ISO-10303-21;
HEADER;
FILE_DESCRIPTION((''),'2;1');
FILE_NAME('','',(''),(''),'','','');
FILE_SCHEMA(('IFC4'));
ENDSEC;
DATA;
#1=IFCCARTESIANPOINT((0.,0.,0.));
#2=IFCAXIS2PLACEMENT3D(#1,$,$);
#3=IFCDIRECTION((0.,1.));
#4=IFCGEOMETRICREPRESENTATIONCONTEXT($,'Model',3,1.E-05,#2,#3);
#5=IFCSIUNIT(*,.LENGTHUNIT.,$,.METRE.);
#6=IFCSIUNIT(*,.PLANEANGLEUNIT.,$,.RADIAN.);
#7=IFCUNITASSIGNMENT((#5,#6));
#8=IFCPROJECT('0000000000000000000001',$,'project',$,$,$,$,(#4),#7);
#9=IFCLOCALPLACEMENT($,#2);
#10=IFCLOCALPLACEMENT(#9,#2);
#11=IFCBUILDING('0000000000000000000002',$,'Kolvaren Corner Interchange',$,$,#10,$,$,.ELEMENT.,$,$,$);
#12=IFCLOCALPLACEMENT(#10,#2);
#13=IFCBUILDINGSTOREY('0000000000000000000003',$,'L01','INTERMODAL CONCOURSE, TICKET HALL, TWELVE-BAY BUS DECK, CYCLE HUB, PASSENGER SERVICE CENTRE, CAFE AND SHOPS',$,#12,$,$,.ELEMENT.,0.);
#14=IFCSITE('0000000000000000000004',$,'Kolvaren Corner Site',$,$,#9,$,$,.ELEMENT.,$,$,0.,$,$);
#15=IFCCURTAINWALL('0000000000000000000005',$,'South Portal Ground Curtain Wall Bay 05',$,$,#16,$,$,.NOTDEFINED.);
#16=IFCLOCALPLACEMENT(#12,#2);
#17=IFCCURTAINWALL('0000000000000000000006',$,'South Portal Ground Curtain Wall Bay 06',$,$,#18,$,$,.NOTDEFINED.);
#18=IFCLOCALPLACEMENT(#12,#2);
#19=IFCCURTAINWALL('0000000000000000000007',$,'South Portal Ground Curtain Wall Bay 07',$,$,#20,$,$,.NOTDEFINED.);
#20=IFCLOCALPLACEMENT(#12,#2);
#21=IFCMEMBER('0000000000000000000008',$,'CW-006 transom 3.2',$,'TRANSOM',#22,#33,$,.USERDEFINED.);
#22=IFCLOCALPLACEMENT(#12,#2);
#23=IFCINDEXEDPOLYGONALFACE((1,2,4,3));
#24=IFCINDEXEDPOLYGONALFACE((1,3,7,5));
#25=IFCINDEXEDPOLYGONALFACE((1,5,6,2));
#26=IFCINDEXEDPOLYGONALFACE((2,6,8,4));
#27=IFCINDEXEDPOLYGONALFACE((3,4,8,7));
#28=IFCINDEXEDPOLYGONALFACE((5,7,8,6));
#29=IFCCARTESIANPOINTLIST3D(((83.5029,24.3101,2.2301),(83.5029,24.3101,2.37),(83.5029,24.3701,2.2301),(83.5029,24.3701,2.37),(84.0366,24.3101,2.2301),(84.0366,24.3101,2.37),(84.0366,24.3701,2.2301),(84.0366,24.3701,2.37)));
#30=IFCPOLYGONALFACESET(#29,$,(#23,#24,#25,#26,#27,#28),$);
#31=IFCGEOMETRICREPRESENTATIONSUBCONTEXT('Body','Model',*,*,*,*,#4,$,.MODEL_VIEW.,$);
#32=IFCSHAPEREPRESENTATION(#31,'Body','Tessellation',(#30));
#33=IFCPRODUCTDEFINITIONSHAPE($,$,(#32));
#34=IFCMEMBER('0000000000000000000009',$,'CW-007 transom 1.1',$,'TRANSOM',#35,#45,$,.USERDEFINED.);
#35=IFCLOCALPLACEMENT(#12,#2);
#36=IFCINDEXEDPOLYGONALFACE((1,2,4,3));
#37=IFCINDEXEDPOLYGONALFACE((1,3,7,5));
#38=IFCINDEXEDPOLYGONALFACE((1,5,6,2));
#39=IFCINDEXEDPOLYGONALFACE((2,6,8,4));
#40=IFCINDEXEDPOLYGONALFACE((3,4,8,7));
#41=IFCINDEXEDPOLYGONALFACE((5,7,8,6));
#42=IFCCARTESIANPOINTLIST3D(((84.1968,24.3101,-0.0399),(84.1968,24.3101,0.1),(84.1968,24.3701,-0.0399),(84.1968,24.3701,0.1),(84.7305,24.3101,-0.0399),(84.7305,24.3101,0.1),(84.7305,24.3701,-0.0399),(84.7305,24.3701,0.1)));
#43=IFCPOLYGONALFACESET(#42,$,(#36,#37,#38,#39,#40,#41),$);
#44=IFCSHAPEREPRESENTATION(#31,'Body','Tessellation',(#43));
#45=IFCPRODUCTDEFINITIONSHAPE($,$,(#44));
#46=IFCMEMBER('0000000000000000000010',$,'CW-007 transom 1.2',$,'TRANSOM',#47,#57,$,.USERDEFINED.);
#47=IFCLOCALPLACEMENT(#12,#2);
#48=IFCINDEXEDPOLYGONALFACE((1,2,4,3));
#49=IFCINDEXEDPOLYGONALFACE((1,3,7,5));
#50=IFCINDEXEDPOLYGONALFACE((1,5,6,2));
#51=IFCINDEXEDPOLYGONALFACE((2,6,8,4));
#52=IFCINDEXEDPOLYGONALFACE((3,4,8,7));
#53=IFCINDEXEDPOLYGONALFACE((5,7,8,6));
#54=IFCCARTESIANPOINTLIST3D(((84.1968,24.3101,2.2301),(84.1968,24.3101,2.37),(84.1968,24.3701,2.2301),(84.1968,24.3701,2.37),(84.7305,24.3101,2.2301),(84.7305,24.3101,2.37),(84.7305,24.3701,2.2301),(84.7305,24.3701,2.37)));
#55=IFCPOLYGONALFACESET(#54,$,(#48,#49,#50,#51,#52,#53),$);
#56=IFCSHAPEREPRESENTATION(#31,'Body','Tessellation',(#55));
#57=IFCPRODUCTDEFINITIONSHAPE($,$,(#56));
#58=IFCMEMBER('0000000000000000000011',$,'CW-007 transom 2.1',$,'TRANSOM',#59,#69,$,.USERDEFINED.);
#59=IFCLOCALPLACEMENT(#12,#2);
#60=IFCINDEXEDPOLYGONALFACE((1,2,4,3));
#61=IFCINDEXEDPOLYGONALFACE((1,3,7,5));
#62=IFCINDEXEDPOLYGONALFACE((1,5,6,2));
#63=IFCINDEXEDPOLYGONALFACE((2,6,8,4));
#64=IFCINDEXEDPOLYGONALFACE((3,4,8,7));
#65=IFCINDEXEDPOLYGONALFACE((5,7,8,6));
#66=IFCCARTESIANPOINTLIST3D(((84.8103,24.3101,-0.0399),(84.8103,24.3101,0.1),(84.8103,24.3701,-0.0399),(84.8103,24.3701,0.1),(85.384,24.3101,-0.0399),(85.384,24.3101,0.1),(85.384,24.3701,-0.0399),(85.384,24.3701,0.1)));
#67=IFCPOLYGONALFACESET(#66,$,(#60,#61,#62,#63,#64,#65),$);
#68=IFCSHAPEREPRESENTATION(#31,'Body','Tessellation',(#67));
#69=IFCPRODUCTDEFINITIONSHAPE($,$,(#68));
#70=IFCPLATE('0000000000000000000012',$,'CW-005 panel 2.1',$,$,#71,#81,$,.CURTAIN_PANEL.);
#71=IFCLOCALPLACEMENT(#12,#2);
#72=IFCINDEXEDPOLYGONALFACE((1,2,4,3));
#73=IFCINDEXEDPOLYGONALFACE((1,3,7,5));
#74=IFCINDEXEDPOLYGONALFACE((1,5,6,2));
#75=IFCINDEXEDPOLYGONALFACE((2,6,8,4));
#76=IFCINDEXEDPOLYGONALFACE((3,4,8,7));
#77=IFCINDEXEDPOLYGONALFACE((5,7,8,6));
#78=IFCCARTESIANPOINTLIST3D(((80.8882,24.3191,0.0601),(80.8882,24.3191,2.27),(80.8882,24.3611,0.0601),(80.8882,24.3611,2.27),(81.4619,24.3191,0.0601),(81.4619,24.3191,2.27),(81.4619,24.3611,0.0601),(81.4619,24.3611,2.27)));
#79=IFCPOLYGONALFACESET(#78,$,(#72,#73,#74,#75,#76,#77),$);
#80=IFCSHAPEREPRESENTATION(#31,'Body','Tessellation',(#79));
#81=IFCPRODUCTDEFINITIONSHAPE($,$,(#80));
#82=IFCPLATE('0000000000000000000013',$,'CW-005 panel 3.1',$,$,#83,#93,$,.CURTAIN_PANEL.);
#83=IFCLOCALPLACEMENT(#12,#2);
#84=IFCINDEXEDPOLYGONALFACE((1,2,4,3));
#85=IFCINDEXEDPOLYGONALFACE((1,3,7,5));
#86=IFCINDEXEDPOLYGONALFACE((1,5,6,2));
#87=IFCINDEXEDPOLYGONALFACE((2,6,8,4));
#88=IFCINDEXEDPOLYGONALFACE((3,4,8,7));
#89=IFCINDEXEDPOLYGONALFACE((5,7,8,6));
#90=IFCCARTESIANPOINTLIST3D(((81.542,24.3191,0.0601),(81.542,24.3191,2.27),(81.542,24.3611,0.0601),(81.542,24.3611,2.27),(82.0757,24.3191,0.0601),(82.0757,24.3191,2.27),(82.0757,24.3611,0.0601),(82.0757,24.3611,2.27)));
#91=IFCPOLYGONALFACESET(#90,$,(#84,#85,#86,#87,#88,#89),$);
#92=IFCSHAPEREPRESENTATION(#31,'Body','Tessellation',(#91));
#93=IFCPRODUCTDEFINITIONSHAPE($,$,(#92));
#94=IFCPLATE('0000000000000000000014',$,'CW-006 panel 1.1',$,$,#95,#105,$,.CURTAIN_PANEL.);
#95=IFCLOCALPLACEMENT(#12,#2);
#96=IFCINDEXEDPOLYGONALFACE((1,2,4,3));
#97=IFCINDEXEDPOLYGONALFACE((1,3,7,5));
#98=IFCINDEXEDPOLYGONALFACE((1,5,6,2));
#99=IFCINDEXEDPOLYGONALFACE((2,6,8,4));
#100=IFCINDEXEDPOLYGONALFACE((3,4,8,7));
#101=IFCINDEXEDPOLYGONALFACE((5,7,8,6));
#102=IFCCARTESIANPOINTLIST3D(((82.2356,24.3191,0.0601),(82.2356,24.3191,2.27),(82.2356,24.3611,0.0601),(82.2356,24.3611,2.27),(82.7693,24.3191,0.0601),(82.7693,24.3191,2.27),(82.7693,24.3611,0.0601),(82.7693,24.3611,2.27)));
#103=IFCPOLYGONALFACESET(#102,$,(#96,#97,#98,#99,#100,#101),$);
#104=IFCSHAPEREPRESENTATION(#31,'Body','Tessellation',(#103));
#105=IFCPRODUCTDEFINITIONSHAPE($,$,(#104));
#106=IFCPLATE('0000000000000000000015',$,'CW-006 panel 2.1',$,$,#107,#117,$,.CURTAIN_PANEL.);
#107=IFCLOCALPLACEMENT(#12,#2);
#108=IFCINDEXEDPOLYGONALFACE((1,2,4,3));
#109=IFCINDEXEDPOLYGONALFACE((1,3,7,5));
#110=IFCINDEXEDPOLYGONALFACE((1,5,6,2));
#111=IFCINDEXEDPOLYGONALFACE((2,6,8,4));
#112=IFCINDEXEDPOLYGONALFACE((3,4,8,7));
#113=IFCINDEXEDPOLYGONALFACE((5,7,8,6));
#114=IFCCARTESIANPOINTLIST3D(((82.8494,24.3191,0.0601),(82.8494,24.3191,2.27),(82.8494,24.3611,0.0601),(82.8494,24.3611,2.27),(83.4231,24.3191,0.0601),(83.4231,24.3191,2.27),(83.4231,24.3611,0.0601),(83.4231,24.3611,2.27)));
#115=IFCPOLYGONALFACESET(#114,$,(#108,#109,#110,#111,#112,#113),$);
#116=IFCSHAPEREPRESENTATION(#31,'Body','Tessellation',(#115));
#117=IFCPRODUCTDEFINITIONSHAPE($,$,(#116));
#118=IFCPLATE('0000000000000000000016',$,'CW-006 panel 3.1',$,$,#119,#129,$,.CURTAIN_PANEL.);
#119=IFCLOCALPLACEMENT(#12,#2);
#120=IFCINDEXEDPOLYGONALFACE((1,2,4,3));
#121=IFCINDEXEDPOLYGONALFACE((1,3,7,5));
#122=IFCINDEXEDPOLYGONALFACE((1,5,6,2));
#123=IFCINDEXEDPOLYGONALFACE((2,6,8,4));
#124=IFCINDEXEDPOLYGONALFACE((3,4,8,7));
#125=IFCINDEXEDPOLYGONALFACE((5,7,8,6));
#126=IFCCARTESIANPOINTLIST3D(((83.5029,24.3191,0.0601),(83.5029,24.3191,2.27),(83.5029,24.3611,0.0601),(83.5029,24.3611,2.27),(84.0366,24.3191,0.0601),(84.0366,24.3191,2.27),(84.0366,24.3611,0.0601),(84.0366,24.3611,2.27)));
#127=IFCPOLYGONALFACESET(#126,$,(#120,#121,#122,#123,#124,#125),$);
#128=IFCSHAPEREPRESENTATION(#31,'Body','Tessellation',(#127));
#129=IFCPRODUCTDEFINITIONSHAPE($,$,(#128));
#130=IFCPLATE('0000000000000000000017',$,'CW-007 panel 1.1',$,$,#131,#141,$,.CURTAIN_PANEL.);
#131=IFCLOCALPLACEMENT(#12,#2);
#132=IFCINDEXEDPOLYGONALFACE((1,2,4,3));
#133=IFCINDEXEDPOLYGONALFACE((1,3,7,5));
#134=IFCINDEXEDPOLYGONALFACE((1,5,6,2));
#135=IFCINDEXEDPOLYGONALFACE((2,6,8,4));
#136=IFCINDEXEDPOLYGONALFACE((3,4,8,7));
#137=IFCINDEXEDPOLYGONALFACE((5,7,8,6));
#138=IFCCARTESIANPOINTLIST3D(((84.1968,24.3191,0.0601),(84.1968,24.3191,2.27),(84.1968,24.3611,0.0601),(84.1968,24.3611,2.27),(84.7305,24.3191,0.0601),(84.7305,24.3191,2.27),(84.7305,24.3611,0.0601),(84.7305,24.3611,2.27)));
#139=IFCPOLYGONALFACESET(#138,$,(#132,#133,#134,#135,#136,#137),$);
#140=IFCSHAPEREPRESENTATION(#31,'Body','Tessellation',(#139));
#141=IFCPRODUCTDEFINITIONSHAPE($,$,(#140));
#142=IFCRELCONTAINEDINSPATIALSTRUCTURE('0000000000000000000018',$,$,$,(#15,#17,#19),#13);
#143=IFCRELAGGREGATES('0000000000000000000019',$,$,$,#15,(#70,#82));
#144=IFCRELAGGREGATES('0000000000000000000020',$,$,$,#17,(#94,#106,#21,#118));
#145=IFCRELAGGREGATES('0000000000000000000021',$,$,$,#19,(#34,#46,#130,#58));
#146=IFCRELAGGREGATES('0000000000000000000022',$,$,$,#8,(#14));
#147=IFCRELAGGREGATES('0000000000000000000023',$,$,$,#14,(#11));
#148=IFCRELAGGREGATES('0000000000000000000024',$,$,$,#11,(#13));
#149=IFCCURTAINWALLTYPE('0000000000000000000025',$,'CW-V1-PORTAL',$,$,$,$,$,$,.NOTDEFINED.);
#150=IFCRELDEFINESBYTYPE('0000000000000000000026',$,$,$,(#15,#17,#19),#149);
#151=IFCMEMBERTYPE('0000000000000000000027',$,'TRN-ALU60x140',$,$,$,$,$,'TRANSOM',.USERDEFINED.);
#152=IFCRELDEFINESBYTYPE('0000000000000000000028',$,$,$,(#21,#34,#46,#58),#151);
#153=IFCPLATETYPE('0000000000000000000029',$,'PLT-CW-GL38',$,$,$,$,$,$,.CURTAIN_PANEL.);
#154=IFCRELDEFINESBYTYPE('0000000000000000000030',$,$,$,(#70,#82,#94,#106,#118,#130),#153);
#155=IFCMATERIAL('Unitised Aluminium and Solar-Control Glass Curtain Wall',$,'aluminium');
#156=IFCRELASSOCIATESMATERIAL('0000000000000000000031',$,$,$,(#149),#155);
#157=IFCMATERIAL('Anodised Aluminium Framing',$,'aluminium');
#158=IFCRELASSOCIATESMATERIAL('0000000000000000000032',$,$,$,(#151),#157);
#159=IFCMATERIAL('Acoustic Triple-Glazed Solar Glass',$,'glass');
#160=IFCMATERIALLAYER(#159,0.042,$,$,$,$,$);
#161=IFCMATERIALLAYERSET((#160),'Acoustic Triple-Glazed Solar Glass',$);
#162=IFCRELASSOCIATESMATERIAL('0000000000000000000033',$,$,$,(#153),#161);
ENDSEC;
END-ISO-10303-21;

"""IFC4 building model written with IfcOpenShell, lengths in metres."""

from ifc_helpers import new_model, si_unit, direction, frame, origin, origin_2d, place, context, subcontext, project, spatial, rectangle, extrude, material, layer, layer_set, material_profile, profile_set, type_object, element, aggregate, save


model = new_model("IFC4")

# Units and contexts
model_context = context("Model", 3, precision=1e-05, world=origin(), true_north=direction((0.0, 1.0)))
body_context = subcontext(model_context, "Body", "Model", "MODEL_VIEW")
ifc_project = project(units=[si_unit("LENGTHUNIT", "METRE"), si_unit("PLANEANGLEUNIT", "RADIAN")], contexts=[model_context])

# Site, building, storey
site_placement = place(None, origin())
site = spatial("IfcSite", under=ifc_project, at=site_placement, Name="Kolvaren Corner Site", CompositionType="ELEMENT", RefElevation=0.0)
building_placement = place(site_placement, origin())
building = spatial("IfcBuilding", under=site, at=building_placement, Name="Kolvaren Corner Interchange", CompositionType="ELEMENT")
storey_placement = place(building_placement, origin())
storey = spatial("IfcBuildingStorey", under=building, at=storey_placement, Name="L01", Description="INTERMODAL CONCOURSE, TICKET HALL, TWELVE-BAY BUS DECK, CYCLE HUB, PASSENGER SERVICE CENTRE, CAFE AND SHOPS", CompositionType="ELEMENT", Elevation=0.0)

# Curtain walls
ifc_material_1 = material(Name="Unitised Aluminium and Solar-Control Glass Curtain Wall", Category="aluminium")
curtain_wall_type = type_object("IfcCurtainWallType", Name="CW-V1-PORTAL", PredefinedType="NOTDEFINED", material=ifc_material_1)
curtain_wall_1_placement = place(storey_placement, origin())
curtain_wall_1 = element("IfcCurtainWall", 1, at=curtain_wall_1_placement, inside=storey, type_object=curtain_wall_type, Name="South Portal Ground Curtain Wall Bay 05", PredefinedType="NOTDEFINED")
curtain_wall_2_placement = place(storey_placement, origin())
curtain_wall_2 = element("IfcCurtainWall", 2, at=curtain_wall_2_placement, inside=storey, type_object=curtain_wall_type, Name="South Portal Ground Curtain Wall Bay 06", PredefinedType="NOTDEFINED")
curtain_wall_3_placement = place(storey_placement, origin())
curtain_wall_3 = element("IfcCurtainWall", 3, at=curtain_wall_3_placement, inside=storey, type_object=curtain_wall_type, Name="South Portal Ground Curtain Wall Bay 07", PredefinedType="NOTDEFINED")

# Members
ifc_material_2 = material(Name="Anodised Aluminium Framing", Category="aluminium")
ifc_material_profile_1 = material_profile(ifc_material_2, rectangle(XDim=0.0601, YDim=0.1399, at=origin_2d()), Name="ALU 60x140")
ifc_profile_set_1 = profile_set([ifc_material_profile_1], Name="Anodised Aluminium Framing")
member_type_1 = type_object("IfcMemberType", Name="TRN-ALU60x140", ElementType="TRANSOM", PredefinedType="USERDEFINED", material=ifc_profile_set_1)
member_1_placement = place(storey_placement, frame((83.5029, 24.3401, 2.3), z_axis=(1.0, 0.0, 0.0), x_axis=(0.0, 1.0, 0.0)))
member_1 = element("IfcMember", 4, at=member_1_placement, type_object=member_type_1, Name="CW-006 transom 3.2", ObjectType="TRANSOM", PredefinedType="USERDEFINED", context=body_context, shape_type="SweptSolid", body=[
    extrude(rectangle(XDim=0.0601, YDim=0.1399, at=origin_2d()), origin(), (0.0, 0.0, 1.0), 0.5337),
])
member_2_placement = place(storey_placement, frame((84.1968, 24.3401, 0.03), z_axis=(1.0, 0.0, 0.0), x_axis=(0.0, 1.0, 0.0)))
member_2 = element("IfcMember", 5, at=member_2_placement, type_object=member_type_1, Name="CW-007 transom 1.1", ObjectType="TRANSOM", PredefinedType="USERDEFINED", context=body_context, shape_type="SweptSolid", body=[
    extrude(rectangle(XDim=0.0601, YDim=0.1399, at=origin_2d()), origin(), (0.0, 0.0, 1.0), 0.5337),
])
member_3_placement = place(storey_placement, frame((84.1968, 24.3401, 2.3), z_axis=(1.0, 0.0, 0.0), x_axis=(0.0, 1.0, 0.0)))
member_3 = element("IfcMember", 6, at=member_3_placement, type_object=member_type_1, Name="CW-007 transom 1.2", ObjectType="TRANSOM", PredefinedType="USERDEFINED", context=body_context, shape_type="SweptSolid", body=[
    extrude(rectangle(XDim=0.0601, YDim=0.1399, at=origin_2d()), origin(), (0.0, 0.0, 1.0), 0.5337),
])
member_4_placement = place(storey_placement, frame((84.8103, 24.3401, 0.03), z_axis=(1.0, 0.0, 0.0), x_axis=(0.0, 1.0, 0.0)))
member_4 = element("IfcMember", 7, at=member_4_placement, type_object=member_type_1, Name="CW-007 transom 2.1", ObjectType="TRANSOM", PredefinedType="USERDEFINED", context=body_context, shape_type="SweptSolid", body=[
    extrude(rectangle(XDim=0.0601, YDim=0.1399, at=origin_2d()), origin(), (0.0, 0.0, 1.0), 0.5737),
])

# Plates
ifc_material_3 = material(Name="Acoustic Triple-Glazed Solar Glass", Category="glass")
ifc_layer = layer(ifc_material_3, 0.042)
ifc_layer_set = layer_set([ifc_layer], Name="Acoustic Triple-Glazed Solar Glass")
plate_type = type_object("IfcPlateType", Name="PLT-CW-GL38", PredefinedType="CURTAIN_PANEL", material=ifc_layer_set)
plate_1_placement = place(storey_placement, frame((81.175, 24.3401, 0.0601), z_axis=(0.0, 0.0, 1.0), x_axis=(1.0, 0.0, 0.0)))
plate_1 = element("IfcPlate", 8, at=plate_1_placement, type_object=plate_type, Name="CW-005 panel 2.1", PredefinedType="CURTAIN_PANEL", context=body_context, shape_type="SweptSolid", body=[
    extrude(rectangle(XDim=0.5737, YDim=0.042, at=origin_2d()), origin(), (0.0, 0.0, 1.0), 2.21),
])
plate_2_placement = place(storey_placement, frame((81.8088, 24.3401, 0.0601), z_axis=(0.0, 0.0, 1.0), x_axis=(1.0, 0.0, 0.0)))
plate_2 = element("IfcPlate", 9, at=plate_2_placement, type_object=plate_type, Name="CW-005 panel 3.1", PredefinedType="CURTAIN_PANEL", context=body_context, shape_type="SweptSolid", body=[
    extrude(rectangle(XDim=0.5337, YDim=0.042, at=origin_2d()), origin(), (0.0, 0.0, 1.0), 2.21),
])
aggregate(curtain_wall_1, [plate_1, plate_2])
plate_3_placement = place(storey_placement, frame((82.5024, 24.3401, 0.0601), z_axis=(0.0, 0.0, 1.0), x_axis=(1.0, 0.0, 0.0)))
plate_3 = element("IfcPlate", 10, at=plate_3_placement, type_object=plate_type, Name="CW-006 panel 1.1", PredefinedType="CURTAIN_PANEL", context=body_context, shape_type="SweptSolid", body=[
    extrude(rectangle(XDim=0.5337, YDim=0.042, at=origin_2d()), origin(), (0.0, 0.0, 1.0), 2.21),
])
plate_4_placement = place(storey_placement, frame((83.1362, 24.3401, 0.0601), z_axis=(0.0, 0.0, 1.0), x_axis=(1.0, 0.0, 0.0)))
plate_4 = element("IfcPlate", 11, at=plate_4_placement, type_object=plate_type, Name="CW-006 panel 2.1", PredefinedType="CURTAIN_PANEL", context=body_context, shape_type="SweptSolid", body=[
    extrude(rectangle(XDim=0.5737, YDim=0.042, at=origin_2d()), origin(), (0.0, 0.0, 1.0), 2.21),
])
plate_5_placement = place(storey_placement, frame((83.7698, 24.3401, 0.0601), z_axis=(0.0, 0.0, 1.0), x_axis=(1.0, 0.0, 0.0)))
plate_5 = element("IfcPlate", 12, at=plate_5_placement, type_object=plate_type, Name="CW-006 panel 3.1", PredefinedType="CURTAIN_PANEL", context=body_context, shape_type="SweptSolid", body=[
    extrude(rectangle(XDim=0.5337, YDim=0.042, at=origin_2d()), origin(), (0.0, 0.0, 1.0), 2.21),
])
aggregate(curtain_wall_2, [plate_3, plate_4, member_1, plate_5])
plate_6_placement = place(storey_placement, frame((84.4636, 24.3401, 0.0601), z_axis=(0.0, 0.0, 1.0), x_axis=(1.0, 0.0, 0.0)))
plate_6 = element("IfcPlate", 13, at=plate_6_placement, type_object=plate_type, Name="CW-007 panel 1.1", PredefinedType="CURTAIN_PANEL", context=body_context, shape_type="SweptSolid", body=[
    extrude(rectangle(XDim=0.5337, YDim=0.042, at=origin_2d()), origin(), (0.0, 0.0, 1.0), 2.21),
])
aggregate(curtain_wall_3, [member_2, member_3, plate_6, member_4])

save(model, "model.ifc")
